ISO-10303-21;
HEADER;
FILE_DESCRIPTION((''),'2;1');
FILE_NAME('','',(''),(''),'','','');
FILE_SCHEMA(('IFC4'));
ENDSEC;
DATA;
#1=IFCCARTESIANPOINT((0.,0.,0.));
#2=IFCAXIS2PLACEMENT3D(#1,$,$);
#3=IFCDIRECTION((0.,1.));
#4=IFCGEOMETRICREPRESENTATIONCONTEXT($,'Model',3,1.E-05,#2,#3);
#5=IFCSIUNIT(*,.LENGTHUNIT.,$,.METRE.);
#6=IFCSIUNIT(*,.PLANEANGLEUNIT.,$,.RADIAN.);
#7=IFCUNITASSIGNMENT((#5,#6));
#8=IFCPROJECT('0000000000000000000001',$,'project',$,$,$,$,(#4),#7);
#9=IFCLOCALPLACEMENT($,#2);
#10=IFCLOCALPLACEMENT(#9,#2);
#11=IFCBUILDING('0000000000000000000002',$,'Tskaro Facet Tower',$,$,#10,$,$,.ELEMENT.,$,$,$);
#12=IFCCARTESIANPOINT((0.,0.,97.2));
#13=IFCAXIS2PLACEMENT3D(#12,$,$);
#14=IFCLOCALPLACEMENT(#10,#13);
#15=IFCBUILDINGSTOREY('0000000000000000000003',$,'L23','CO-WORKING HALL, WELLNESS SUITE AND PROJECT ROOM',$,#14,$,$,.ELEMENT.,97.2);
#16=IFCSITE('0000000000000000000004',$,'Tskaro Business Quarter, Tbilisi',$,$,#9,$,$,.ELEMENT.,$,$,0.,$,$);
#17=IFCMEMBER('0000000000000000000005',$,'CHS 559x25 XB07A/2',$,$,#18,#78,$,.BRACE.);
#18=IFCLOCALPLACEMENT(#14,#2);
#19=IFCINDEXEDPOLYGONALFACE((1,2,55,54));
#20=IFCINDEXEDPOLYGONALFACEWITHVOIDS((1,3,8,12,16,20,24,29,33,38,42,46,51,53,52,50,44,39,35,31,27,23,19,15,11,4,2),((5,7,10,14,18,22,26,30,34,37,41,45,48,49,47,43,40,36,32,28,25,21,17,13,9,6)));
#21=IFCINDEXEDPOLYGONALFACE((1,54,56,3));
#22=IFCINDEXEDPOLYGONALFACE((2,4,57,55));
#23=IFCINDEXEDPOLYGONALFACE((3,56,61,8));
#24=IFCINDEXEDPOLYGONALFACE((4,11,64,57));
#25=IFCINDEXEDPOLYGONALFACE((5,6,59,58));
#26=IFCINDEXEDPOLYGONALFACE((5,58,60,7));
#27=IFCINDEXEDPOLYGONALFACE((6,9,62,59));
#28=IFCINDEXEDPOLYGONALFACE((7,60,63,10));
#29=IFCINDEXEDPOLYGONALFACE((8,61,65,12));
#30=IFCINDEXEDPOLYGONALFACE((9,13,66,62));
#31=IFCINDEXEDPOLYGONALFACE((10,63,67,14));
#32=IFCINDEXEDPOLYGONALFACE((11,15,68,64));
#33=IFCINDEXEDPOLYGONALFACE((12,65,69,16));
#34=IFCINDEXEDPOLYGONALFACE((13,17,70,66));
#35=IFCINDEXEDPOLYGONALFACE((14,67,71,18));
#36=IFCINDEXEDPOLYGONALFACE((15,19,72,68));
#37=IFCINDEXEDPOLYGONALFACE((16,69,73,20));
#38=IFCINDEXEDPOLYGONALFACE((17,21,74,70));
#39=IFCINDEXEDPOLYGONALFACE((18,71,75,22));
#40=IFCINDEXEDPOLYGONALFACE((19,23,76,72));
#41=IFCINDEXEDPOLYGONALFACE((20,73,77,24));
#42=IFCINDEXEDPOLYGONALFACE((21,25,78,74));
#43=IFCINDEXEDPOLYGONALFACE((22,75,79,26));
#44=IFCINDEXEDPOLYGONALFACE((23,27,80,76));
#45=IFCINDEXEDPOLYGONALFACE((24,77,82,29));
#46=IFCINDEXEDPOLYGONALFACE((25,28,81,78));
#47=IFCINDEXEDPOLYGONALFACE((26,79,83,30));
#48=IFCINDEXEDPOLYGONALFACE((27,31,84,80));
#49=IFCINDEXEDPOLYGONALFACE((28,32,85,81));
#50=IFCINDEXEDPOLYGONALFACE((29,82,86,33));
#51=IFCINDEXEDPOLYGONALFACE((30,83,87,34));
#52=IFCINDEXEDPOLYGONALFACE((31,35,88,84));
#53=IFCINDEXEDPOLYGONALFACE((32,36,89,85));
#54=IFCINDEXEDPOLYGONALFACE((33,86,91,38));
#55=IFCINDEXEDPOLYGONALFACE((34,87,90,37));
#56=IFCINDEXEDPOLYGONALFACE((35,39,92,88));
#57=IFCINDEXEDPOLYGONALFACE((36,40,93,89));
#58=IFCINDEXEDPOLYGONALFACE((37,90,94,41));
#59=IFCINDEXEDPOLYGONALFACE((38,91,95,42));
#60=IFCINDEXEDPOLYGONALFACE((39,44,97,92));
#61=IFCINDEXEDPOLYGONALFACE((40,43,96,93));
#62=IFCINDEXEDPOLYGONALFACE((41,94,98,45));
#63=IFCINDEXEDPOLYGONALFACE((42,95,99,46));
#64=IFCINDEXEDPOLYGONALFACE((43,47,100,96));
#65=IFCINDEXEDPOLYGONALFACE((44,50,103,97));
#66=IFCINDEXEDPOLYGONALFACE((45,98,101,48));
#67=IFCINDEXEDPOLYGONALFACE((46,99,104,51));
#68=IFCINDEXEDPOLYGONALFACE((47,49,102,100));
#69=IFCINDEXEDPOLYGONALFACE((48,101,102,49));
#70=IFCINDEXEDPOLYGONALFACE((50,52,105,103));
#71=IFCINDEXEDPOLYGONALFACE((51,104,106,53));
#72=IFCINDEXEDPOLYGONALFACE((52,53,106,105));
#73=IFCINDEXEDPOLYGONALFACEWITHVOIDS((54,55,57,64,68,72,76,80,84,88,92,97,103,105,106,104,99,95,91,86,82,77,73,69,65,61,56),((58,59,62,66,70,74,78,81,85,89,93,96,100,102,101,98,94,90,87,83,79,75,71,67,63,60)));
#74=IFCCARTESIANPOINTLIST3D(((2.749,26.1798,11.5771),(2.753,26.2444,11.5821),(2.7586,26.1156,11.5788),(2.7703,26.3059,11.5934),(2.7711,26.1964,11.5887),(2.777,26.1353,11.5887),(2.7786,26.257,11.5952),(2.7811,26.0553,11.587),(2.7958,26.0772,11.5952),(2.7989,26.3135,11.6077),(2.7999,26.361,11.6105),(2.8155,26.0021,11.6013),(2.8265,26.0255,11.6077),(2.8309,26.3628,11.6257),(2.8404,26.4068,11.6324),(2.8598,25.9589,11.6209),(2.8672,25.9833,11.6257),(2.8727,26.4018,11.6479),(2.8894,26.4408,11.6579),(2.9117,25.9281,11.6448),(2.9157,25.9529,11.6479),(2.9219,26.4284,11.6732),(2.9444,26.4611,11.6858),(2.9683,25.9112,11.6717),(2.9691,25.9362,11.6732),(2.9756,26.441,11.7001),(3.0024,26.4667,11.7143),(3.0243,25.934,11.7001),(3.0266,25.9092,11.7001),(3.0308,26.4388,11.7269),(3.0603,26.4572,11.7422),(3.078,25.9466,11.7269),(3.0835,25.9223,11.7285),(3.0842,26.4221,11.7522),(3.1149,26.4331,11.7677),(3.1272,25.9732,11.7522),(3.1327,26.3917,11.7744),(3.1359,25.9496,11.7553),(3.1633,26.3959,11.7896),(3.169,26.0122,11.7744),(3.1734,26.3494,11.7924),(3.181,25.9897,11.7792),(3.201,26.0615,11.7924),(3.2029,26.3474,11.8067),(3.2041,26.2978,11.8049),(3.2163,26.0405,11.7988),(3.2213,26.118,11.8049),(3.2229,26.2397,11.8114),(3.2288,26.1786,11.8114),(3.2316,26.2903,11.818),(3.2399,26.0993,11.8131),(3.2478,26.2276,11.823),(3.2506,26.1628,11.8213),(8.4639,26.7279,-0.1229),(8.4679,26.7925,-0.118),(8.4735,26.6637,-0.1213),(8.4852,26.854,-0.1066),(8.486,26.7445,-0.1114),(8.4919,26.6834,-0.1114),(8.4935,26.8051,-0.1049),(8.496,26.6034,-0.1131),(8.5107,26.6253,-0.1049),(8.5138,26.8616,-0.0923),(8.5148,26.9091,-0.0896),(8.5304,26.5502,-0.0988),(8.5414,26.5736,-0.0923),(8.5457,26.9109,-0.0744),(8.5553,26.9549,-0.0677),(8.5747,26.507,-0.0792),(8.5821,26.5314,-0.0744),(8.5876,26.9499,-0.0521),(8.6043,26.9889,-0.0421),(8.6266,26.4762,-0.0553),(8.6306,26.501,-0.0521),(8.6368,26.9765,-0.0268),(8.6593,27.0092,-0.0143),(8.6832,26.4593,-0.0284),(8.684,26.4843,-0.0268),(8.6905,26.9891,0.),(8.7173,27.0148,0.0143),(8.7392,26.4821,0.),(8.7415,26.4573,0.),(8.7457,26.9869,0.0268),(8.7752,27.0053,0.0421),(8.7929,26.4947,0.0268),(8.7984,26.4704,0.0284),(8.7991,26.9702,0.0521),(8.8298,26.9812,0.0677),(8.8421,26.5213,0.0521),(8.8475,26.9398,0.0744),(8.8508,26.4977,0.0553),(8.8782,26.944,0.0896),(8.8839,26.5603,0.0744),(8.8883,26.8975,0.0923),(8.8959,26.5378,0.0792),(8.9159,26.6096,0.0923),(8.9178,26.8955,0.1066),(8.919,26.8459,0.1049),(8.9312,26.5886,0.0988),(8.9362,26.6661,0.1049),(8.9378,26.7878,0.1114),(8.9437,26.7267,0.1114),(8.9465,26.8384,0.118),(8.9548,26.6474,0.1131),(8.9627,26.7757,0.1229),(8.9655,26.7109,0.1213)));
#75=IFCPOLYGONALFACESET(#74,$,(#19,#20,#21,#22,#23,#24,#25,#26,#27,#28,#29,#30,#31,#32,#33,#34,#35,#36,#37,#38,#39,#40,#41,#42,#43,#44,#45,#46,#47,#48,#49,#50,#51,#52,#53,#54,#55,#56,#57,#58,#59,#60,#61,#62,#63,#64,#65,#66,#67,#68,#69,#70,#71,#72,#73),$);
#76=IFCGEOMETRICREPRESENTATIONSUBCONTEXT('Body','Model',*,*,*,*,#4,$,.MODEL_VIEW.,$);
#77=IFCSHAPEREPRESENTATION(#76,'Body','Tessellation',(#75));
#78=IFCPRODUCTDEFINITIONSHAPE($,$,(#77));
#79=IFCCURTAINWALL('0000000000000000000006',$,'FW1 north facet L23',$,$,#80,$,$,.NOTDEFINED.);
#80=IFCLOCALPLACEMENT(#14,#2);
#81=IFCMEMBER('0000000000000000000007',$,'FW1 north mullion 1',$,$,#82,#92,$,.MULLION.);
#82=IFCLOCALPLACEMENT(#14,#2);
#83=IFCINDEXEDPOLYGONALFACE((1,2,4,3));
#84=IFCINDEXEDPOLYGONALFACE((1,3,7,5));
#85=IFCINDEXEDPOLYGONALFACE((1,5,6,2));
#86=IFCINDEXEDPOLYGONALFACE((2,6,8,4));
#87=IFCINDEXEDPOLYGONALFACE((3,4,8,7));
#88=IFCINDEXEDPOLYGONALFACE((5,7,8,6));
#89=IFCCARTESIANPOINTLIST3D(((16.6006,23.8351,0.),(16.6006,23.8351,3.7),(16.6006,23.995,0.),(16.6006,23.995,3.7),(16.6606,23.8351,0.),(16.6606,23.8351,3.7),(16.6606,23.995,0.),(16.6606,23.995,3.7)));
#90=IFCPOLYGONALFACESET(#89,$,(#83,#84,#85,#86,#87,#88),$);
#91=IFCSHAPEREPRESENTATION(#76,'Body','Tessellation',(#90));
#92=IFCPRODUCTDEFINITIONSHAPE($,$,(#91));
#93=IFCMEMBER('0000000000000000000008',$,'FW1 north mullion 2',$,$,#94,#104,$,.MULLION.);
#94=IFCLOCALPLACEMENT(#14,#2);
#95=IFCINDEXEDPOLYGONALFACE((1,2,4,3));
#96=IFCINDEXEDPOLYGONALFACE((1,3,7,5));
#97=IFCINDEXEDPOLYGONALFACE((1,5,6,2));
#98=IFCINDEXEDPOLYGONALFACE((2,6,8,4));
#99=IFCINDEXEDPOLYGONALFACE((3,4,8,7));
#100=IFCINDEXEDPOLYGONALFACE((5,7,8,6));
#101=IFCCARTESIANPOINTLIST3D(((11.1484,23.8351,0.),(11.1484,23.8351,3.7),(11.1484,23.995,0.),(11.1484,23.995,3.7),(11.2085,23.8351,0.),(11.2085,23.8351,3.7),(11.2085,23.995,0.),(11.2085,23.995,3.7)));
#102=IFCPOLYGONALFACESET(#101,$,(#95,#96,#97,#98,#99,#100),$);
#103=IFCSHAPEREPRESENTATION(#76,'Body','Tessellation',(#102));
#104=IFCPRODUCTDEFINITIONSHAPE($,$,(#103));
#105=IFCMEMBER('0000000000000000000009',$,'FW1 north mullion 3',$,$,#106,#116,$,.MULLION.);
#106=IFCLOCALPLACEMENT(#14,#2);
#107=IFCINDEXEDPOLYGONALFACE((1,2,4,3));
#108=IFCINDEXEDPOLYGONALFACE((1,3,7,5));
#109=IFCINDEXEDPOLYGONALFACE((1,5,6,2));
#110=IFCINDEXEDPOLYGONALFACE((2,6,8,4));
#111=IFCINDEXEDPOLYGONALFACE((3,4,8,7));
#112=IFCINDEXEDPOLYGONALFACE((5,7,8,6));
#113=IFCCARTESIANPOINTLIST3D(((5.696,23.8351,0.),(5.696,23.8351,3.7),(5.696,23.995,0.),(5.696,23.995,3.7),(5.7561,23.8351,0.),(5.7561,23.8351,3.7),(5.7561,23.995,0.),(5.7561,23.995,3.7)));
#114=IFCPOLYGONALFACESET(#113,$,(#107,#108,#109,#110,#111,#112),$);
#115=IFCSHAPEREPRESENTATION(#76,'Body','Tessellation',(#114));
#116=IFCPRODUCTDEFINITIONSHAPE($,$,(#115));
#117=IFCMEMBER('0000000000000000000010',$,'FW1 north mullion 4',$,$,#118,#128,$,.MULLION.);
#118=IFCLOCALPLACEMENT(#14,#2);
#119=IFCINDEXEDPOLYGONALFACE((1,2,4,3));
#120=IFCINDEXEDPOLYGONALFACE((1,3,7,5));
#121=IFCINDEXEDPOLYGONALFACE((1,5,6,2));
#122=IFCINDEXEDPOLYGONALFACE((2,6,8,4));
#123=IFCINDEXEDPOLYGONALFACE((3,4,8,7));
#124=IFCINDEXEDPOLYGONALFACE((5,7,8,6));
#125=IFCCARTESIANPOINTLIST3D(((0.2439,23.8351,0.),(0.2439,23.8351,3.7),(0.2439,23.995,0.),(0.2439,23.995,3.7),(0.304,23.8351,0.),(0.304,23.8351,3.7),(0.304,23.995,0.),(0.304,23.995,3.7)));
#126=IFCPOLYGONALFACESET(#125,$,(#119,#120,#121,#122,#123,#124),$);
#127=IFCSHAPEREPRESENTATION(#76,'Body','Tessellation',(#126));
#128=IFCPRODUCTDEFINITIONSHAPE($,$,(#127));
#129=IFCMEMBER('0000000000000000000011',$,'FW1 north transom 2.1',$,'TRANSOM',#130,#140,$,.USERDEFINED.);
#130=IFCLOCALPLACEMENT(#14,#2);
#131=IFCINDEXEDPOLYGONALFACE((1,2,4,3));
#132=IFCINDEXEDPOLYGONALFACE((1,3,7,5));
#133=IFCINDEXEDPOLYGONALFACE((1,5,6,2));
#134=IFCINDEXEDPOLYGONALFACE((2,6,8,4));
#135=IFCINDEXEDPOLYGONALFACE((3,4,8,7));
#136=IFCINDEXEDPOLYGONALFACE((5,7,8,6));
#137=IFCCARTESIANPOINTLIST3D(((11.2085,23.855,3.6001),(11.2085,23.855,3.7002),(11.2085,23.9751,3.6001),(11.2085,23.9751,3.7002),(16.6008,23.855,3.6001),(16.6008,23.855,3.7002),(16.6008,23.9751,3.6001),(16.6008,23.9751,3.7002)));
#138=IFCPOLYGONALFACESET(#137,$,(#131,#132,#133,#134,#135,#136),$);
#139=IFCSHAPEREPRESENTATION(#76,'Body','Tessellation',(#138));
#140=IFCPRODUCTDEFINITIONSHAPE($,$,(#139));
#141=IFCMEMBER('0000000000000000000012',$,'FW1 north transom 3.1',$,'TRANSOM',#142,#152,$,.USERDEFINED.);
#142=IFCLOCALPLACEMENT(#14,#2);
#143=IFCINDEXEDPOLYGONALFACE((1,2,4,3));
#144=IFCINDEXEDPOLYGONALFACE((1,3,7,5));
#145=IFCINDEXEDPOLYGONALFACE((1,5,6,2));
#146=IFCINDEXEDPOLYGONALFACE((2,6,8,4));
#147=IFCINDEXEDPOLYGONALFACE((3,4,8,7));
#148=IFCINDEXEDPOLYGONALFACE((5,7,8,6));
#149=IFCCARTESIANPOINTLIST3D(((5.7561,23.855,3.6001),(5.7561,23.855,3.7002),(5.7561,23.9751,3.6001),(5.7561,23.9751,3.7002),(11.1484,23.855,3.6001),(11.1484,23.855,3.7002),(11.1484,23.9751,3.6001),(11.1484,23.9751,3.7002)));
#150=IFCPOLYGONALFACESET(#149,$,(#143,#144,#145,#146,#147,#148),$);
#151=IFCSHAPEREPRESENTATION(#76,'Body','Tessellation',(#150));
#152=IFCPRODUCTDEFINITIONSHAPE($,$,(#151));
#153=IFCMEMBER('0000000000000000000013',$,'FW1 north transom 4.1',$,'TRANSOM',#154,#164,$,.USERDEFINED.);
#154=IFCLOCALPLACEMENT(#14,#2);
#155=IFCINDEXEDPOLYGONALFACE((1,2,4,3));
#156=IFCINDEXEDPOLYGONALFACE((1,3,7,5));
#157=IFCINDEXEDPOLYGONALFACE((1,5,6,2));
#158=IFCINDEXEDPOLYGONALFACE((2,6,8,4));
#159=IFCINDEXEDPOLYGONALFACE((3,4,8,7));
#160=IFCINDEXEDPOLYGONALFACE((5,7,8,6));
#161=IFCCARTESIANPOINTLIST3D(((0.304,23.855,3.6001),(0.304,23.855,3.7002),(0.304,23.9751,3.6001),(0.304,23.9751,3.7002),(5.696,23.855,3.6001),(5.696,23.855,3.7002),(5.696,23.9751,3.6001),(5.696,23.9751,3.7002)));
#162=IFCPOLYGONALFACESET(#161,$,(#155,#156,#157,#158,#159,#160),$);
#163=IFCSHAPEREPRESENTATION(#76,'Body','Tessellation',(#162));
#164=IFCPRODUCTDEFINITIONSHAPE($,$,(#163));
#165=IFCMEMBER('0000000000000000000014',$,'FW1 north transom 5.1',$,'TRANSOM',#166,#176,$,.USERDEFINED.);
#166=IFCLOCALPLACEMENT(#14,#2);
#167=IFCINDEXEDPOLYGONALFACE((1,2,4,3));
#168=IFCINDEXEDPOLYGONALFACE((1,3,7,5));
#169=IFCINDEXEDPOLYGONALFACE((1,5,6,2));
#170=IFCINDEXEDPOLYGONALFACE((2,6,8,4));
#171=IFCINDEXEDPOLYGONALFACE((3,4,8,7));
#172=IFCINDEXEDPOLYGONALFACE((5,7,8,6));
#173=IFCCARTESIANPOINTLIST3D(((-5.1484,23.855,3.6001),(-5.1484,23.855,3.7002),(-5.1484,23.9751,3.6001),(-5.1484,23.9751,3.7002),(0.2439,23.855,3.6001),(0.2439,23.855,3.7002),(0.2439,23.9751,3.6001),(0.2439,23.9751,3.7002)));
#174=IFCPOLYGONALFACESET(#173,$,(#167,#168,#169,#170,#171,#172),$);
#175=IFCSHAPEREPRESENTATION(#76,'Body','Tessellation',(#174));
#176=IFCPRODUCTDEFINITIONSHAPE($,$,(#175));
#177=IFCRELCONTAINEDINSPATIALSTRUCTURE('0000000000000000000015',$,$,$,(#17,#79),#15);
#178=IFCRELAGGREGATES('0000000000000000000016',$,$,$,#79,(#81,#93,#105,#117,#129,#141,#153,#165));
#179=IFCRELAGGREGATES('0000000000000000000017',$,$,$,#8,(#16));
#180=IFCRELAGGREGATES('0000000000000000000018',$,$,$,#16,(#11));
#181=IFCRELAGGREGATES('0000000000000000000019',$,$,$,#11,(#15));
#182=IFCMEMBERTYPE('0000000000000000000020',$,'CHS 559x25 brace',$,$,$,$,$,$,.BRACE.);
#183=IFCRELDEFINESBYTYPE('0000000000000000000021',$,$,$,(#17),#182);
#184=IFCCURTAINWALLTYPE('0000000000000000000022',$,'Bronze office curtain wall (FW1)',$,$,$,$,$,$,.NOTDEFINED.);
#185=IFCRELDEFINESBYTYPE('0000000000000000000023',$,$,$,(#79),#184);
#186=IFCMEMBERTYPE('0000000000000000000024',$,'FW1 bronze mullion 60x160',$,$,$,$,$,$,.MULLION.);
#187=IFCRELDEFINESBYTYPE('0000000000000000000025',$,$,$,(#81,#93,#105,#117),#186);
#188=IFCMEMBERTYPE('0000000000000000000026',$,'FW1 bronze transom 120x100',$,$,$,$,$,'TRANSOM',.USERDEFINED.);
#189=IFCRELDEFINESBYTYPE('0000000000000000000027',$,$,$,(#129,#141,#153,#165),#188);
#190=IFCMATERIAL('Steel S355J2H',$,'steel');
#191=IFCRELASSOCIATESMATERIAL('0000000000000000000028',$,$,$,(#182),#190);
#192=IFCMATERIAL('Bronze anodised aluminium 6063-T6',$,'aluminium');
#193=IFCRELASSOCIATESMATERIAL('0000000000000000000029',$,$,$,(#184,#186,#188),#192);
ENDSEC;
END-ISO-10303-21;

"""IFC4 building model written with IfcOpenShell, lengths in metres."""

from ifc_helpers import new_model, si_unit, direction, frame, origin, origin_2d, place, context, subcontext, project, spatial, rectangle, hollow_circle, extrude, material, material_profile, profile_set, type_object, element, aggregate, save


model = new_model("IFC4")

# Units and contexts
model_context = context("Model", 3, precision=1e-05, world=origin(), true_north=direction((0.0, 1.0)))
body_context = subcontext(model_context, "Body", "Model", "MODEL_VIEW")
ifc_project = project(units=[si_unit("LENGTHUNIT", "METRE"), si_unit("PLANEANGLEUNIT", "RADIAN")], contexts=[model_context])

# Site, building, storey
site_placement = place(None, origin())
site = spatial("IfcSite", under=ifc_project, at=site_placement, Name="Tskaro Business Quarter, Tbilisi", CompositionType="ELEMENT", RefElevation=0.0)
building_placement = place(site_placement, origin())
building = spatial("IfcBuilding", under=site, at=building_placement, Name="Tskaro Facet Tower", CompositionType="ELEMENT")
storey_placement = place(building_placement, frame((0.0, 0.0, 97.2)))
storey = spatial("IfcBuildingStorey", under=building, at=storey_placement, Name="L23", Description="CO-WORKING HALL, WELLNESS SUITE AND PROJECT ROOM", CompositionType="ELEMENT", Elevation=97.2)

# Shared definitions
ifc_material_1 = material(Name="Steel S355J2H", Category="steel")

# Member
ifc_material_profile_1 = material_profile(ifc_material_1, hollow_circle(Radius=0.2795, WallThickness=0.0249, at=origin_2d()), Name="CHS 559x25")
ifc_profile_set_1 = profile_set([ifc_material_profile_1], Name="Steel S355J2H")
member_type_1 = type_object("IfcMemberType", Name="CHS 559x25 brace", PredefinedType="BRACE", material=ifc_profile_set_1)
member_1_placement = place(storey_placement, frame((8.7148, 26.7356, 0.0), z_axis=(-0.438504, -0.042056, 0.897745), x_axis=(0.095469, -0.995432, 0.0)))
element("IfcMember", 1, at=member_1_placement, inside=storey, type_object=member_type_1, Name="CHS 559x25 XB07A/2", PredefinedType="BRACE", context=body_context, shape_type="SweptSolid", body=[
    extrude(hollow_circle(Radius=0.2795, WallThickness=0.0249, at=origin_2d()), origin(), (0.0, 0.0, 1.0), 13.0327),
])

# Curtain wall, members
ifc_material_2 = material(Name="Bronze anodised aluminium 6063-T6", Category="aluminium")
curtain_wall_type = type_object("IfcCurtainWallType", Name="Bronze office curtain wall (FW1)", PredefinedType="NOTDEFINED", material=ifc_material_2)
curtain_wall_placement = place(storey_placement, origin())
curtain_wall = element("IfcCurtainWall", 2, at=curtain_wall_placement, inside=storey, type_object=curtain_wall_type, Name="FW1 north facet L23", PredefinedType="NOTDEFINED")
ifc_material_profile_2 = material_profile(ifc_material_2, rectangle(XDim=0.0601, YDim=0.1599, at=origin_2d()), Name="Mullion 60x160")
ifc_profile_set_2 = profile_set([ifc_material_profile_2], Name="Bronze anodised aluminium 6063-T6")
member_type_2 = type_object("IfcMemberType", Name="FW1 bronze mullion 60x160", PredefinedType="MULLION", material=ifc_profile_set_2)
member_2_placement = place(storey_placement, frame((16.6306, 23.915, 0.0), z_axis=(0.0, 0.0, 1.0), x_axis=(-1.0, 0.0, 0.0)))
member_2 = element("IfcMember", 3, at=member_2_placement, type_object=member_type_2, Name="FW1 north mullion 1", PredefinedType="MULLION", context=body_context, shape_type="SweptSolid", body=[
    extrude(rectangle(XDim=0.0601, YDim=0.1599, at=origin_2d()), origin(), (0.0, 0.0, 1.0), 3.7),
])
member_3_placement = place(storey_placement, frame((11.1785, 23.915, 0.0), z_axis=(0.0, 0.0, 1.0), x_axis=(-1.0, 0.0, 0.0)))
member_3 = element("IfcMember", 4, at=member_3_placement, type_object=member_type_2, Name="FW1 north mullion 2", PredefinedType="MULLION", context=body_context, shape_type="SweptSolid", body=[
    extrude(rectangle(XDim=0.0601, YDim=0.1599, at=origin_2d()), origin(), (0.0, 0.0, 1.0), 3.7),
])
member_4_placement = place(storey_placement, frame((5.7261, 23.915, 0.0), z_axis=(0.0, 0.0, 1.0), x_axis=(-1.0, 0.0, 0.0)))
member_4 = element("IfcMember", 5, at=member_4_placement, type_object=member_type_2, Name="FW1 north mullion 3", PredefinedType="MULLION", context=body_context, shape_type="SweptSolid", body=[
    extrude(rectangle(XDim=0.0601, YDim=0.1599, at=origin_2d()), origin(), (0.0, 0.0, 1.0), 3.7),
])
member_5_placement = place(storey_placement, frame((0.2739, 23.915, 0.0), z_axis=(0.0, 0.0, 1.0), x_axis=(-1.0, 0.0, 0.0)))
member_5 = element("IfcMember", 6, at=member_5_placement, type_object=member_type_2, Name="FW1 north mullion 4", PredefinedType="MULLION", context=body_context, shape_type="SweptSolid", body=[
    extrude(rectangle(XDim=0.0601, YDim=0.1599, at=origin_2d()), origin(), (0.0, 0.0, 1.0), 3.7),
])
ifc_material_profile_3 = material_profile(ifc_material_2, rectangle(XDim=0.1201, YDim=0.1001, at=origin_2d()), Name="Transom 120x100")
ifc_profile_set_3 = profile_set([ifc_material_profile_3], Name="Bronze anodised aluminium 6063-T6")
member_type_3 = type_object("IfcMemberType", Name="FW1 bronze transom 120x100", ElementType="TRANSOM", PredefinedType="USERDEFINED", material=ifc_profile_set_3)
member_6_placement = place(storey_placement, frame((16.6008, 23.915, 3.6501), z_axis=(-1.0, 0.0, 0.0), x_axis=(0.0, -1.0, 0.0)))
member_6 = element("IfcMember", 7, at=member_6_placement, type_object=member_type_3, Name="FW1 north transom 2.1", ObjectType="TRANSOM", PredefinedType="USERDEFINED", context=body_context, shape_type="SweptSolid", body=[
    extrude(rectangle(XDim=0.1201, YDim=0.1001, at=origin_2d()), origin(), (0.0, 0.0, 1.0), 5.3923),
])
member_7_placement = place(storey_placement, frame((11.1484, 23.915, 3.6501), z_axis=(-1.0, 0.0, 0.0), x_axis=(0.0, -1.0, 0.0)))
member_7 = element("IfcMember", 8, at=member_7_placement, type_object=member_type_3, Name="FW1 north transom 3.1", ObjectType="TRANSOM", PredefinedType="USERDEFINED", context=body_context, shape_type="SweptSolid", body=[
    extrude(rectangle(XDim=0.1201, YDim=0.1001, at=origin_2d()), origin(), (0.0, 0.0, 1.0), 5.3923),
])
member_8_placement = place(storey_placement, frame((5.696, 23.915, 3.6501), z_axis=(-1.0, 0.0, 0.0), x_axis=(0.0, -1.0, 0.0)))
member_8 = element("IfcMember", 9, at=member_8_placement, type_object=member_type_3, Name="FW1 north transom 4.1", ObjectType="TRANSOM", PredefinedType="USERDEFINED", context=body_context, shape_type="SweptSolid", body=[
    extrude(rectangle(XDim=0.1201, YDim=0.1001, at=origin_2d()), origin(), (0.0, 0.0, 1.0), 5.3921),
])
member_9_placement = place(storey_placement, frame((0.2439, 23.915, 3.6501), z_axis=(-1.0, 0.0, 0.0), x_axis=(0.0, -1.0, 0.0)))
member_9 = element("IfcMember", 10, at=member_9_placement, type_object=member_type_3, Name="FW1 north transom 5.1", ObjectType="TRANSOM", PredefinedType="USERDEFINED", context=body_context, shape_type="SweptSolid", body=[
    extrude(rectangle(XDim=0.1201, YDim=0.1001, at=origin_2d()), origin(), (0.0, 0.0, 1.0), 5.3923),
])

aggregate(curtain_wall, [member_2, member_3, member_4, member_5, member_6, member_7, member_8, member_9])

save(model, "model.ifc")
